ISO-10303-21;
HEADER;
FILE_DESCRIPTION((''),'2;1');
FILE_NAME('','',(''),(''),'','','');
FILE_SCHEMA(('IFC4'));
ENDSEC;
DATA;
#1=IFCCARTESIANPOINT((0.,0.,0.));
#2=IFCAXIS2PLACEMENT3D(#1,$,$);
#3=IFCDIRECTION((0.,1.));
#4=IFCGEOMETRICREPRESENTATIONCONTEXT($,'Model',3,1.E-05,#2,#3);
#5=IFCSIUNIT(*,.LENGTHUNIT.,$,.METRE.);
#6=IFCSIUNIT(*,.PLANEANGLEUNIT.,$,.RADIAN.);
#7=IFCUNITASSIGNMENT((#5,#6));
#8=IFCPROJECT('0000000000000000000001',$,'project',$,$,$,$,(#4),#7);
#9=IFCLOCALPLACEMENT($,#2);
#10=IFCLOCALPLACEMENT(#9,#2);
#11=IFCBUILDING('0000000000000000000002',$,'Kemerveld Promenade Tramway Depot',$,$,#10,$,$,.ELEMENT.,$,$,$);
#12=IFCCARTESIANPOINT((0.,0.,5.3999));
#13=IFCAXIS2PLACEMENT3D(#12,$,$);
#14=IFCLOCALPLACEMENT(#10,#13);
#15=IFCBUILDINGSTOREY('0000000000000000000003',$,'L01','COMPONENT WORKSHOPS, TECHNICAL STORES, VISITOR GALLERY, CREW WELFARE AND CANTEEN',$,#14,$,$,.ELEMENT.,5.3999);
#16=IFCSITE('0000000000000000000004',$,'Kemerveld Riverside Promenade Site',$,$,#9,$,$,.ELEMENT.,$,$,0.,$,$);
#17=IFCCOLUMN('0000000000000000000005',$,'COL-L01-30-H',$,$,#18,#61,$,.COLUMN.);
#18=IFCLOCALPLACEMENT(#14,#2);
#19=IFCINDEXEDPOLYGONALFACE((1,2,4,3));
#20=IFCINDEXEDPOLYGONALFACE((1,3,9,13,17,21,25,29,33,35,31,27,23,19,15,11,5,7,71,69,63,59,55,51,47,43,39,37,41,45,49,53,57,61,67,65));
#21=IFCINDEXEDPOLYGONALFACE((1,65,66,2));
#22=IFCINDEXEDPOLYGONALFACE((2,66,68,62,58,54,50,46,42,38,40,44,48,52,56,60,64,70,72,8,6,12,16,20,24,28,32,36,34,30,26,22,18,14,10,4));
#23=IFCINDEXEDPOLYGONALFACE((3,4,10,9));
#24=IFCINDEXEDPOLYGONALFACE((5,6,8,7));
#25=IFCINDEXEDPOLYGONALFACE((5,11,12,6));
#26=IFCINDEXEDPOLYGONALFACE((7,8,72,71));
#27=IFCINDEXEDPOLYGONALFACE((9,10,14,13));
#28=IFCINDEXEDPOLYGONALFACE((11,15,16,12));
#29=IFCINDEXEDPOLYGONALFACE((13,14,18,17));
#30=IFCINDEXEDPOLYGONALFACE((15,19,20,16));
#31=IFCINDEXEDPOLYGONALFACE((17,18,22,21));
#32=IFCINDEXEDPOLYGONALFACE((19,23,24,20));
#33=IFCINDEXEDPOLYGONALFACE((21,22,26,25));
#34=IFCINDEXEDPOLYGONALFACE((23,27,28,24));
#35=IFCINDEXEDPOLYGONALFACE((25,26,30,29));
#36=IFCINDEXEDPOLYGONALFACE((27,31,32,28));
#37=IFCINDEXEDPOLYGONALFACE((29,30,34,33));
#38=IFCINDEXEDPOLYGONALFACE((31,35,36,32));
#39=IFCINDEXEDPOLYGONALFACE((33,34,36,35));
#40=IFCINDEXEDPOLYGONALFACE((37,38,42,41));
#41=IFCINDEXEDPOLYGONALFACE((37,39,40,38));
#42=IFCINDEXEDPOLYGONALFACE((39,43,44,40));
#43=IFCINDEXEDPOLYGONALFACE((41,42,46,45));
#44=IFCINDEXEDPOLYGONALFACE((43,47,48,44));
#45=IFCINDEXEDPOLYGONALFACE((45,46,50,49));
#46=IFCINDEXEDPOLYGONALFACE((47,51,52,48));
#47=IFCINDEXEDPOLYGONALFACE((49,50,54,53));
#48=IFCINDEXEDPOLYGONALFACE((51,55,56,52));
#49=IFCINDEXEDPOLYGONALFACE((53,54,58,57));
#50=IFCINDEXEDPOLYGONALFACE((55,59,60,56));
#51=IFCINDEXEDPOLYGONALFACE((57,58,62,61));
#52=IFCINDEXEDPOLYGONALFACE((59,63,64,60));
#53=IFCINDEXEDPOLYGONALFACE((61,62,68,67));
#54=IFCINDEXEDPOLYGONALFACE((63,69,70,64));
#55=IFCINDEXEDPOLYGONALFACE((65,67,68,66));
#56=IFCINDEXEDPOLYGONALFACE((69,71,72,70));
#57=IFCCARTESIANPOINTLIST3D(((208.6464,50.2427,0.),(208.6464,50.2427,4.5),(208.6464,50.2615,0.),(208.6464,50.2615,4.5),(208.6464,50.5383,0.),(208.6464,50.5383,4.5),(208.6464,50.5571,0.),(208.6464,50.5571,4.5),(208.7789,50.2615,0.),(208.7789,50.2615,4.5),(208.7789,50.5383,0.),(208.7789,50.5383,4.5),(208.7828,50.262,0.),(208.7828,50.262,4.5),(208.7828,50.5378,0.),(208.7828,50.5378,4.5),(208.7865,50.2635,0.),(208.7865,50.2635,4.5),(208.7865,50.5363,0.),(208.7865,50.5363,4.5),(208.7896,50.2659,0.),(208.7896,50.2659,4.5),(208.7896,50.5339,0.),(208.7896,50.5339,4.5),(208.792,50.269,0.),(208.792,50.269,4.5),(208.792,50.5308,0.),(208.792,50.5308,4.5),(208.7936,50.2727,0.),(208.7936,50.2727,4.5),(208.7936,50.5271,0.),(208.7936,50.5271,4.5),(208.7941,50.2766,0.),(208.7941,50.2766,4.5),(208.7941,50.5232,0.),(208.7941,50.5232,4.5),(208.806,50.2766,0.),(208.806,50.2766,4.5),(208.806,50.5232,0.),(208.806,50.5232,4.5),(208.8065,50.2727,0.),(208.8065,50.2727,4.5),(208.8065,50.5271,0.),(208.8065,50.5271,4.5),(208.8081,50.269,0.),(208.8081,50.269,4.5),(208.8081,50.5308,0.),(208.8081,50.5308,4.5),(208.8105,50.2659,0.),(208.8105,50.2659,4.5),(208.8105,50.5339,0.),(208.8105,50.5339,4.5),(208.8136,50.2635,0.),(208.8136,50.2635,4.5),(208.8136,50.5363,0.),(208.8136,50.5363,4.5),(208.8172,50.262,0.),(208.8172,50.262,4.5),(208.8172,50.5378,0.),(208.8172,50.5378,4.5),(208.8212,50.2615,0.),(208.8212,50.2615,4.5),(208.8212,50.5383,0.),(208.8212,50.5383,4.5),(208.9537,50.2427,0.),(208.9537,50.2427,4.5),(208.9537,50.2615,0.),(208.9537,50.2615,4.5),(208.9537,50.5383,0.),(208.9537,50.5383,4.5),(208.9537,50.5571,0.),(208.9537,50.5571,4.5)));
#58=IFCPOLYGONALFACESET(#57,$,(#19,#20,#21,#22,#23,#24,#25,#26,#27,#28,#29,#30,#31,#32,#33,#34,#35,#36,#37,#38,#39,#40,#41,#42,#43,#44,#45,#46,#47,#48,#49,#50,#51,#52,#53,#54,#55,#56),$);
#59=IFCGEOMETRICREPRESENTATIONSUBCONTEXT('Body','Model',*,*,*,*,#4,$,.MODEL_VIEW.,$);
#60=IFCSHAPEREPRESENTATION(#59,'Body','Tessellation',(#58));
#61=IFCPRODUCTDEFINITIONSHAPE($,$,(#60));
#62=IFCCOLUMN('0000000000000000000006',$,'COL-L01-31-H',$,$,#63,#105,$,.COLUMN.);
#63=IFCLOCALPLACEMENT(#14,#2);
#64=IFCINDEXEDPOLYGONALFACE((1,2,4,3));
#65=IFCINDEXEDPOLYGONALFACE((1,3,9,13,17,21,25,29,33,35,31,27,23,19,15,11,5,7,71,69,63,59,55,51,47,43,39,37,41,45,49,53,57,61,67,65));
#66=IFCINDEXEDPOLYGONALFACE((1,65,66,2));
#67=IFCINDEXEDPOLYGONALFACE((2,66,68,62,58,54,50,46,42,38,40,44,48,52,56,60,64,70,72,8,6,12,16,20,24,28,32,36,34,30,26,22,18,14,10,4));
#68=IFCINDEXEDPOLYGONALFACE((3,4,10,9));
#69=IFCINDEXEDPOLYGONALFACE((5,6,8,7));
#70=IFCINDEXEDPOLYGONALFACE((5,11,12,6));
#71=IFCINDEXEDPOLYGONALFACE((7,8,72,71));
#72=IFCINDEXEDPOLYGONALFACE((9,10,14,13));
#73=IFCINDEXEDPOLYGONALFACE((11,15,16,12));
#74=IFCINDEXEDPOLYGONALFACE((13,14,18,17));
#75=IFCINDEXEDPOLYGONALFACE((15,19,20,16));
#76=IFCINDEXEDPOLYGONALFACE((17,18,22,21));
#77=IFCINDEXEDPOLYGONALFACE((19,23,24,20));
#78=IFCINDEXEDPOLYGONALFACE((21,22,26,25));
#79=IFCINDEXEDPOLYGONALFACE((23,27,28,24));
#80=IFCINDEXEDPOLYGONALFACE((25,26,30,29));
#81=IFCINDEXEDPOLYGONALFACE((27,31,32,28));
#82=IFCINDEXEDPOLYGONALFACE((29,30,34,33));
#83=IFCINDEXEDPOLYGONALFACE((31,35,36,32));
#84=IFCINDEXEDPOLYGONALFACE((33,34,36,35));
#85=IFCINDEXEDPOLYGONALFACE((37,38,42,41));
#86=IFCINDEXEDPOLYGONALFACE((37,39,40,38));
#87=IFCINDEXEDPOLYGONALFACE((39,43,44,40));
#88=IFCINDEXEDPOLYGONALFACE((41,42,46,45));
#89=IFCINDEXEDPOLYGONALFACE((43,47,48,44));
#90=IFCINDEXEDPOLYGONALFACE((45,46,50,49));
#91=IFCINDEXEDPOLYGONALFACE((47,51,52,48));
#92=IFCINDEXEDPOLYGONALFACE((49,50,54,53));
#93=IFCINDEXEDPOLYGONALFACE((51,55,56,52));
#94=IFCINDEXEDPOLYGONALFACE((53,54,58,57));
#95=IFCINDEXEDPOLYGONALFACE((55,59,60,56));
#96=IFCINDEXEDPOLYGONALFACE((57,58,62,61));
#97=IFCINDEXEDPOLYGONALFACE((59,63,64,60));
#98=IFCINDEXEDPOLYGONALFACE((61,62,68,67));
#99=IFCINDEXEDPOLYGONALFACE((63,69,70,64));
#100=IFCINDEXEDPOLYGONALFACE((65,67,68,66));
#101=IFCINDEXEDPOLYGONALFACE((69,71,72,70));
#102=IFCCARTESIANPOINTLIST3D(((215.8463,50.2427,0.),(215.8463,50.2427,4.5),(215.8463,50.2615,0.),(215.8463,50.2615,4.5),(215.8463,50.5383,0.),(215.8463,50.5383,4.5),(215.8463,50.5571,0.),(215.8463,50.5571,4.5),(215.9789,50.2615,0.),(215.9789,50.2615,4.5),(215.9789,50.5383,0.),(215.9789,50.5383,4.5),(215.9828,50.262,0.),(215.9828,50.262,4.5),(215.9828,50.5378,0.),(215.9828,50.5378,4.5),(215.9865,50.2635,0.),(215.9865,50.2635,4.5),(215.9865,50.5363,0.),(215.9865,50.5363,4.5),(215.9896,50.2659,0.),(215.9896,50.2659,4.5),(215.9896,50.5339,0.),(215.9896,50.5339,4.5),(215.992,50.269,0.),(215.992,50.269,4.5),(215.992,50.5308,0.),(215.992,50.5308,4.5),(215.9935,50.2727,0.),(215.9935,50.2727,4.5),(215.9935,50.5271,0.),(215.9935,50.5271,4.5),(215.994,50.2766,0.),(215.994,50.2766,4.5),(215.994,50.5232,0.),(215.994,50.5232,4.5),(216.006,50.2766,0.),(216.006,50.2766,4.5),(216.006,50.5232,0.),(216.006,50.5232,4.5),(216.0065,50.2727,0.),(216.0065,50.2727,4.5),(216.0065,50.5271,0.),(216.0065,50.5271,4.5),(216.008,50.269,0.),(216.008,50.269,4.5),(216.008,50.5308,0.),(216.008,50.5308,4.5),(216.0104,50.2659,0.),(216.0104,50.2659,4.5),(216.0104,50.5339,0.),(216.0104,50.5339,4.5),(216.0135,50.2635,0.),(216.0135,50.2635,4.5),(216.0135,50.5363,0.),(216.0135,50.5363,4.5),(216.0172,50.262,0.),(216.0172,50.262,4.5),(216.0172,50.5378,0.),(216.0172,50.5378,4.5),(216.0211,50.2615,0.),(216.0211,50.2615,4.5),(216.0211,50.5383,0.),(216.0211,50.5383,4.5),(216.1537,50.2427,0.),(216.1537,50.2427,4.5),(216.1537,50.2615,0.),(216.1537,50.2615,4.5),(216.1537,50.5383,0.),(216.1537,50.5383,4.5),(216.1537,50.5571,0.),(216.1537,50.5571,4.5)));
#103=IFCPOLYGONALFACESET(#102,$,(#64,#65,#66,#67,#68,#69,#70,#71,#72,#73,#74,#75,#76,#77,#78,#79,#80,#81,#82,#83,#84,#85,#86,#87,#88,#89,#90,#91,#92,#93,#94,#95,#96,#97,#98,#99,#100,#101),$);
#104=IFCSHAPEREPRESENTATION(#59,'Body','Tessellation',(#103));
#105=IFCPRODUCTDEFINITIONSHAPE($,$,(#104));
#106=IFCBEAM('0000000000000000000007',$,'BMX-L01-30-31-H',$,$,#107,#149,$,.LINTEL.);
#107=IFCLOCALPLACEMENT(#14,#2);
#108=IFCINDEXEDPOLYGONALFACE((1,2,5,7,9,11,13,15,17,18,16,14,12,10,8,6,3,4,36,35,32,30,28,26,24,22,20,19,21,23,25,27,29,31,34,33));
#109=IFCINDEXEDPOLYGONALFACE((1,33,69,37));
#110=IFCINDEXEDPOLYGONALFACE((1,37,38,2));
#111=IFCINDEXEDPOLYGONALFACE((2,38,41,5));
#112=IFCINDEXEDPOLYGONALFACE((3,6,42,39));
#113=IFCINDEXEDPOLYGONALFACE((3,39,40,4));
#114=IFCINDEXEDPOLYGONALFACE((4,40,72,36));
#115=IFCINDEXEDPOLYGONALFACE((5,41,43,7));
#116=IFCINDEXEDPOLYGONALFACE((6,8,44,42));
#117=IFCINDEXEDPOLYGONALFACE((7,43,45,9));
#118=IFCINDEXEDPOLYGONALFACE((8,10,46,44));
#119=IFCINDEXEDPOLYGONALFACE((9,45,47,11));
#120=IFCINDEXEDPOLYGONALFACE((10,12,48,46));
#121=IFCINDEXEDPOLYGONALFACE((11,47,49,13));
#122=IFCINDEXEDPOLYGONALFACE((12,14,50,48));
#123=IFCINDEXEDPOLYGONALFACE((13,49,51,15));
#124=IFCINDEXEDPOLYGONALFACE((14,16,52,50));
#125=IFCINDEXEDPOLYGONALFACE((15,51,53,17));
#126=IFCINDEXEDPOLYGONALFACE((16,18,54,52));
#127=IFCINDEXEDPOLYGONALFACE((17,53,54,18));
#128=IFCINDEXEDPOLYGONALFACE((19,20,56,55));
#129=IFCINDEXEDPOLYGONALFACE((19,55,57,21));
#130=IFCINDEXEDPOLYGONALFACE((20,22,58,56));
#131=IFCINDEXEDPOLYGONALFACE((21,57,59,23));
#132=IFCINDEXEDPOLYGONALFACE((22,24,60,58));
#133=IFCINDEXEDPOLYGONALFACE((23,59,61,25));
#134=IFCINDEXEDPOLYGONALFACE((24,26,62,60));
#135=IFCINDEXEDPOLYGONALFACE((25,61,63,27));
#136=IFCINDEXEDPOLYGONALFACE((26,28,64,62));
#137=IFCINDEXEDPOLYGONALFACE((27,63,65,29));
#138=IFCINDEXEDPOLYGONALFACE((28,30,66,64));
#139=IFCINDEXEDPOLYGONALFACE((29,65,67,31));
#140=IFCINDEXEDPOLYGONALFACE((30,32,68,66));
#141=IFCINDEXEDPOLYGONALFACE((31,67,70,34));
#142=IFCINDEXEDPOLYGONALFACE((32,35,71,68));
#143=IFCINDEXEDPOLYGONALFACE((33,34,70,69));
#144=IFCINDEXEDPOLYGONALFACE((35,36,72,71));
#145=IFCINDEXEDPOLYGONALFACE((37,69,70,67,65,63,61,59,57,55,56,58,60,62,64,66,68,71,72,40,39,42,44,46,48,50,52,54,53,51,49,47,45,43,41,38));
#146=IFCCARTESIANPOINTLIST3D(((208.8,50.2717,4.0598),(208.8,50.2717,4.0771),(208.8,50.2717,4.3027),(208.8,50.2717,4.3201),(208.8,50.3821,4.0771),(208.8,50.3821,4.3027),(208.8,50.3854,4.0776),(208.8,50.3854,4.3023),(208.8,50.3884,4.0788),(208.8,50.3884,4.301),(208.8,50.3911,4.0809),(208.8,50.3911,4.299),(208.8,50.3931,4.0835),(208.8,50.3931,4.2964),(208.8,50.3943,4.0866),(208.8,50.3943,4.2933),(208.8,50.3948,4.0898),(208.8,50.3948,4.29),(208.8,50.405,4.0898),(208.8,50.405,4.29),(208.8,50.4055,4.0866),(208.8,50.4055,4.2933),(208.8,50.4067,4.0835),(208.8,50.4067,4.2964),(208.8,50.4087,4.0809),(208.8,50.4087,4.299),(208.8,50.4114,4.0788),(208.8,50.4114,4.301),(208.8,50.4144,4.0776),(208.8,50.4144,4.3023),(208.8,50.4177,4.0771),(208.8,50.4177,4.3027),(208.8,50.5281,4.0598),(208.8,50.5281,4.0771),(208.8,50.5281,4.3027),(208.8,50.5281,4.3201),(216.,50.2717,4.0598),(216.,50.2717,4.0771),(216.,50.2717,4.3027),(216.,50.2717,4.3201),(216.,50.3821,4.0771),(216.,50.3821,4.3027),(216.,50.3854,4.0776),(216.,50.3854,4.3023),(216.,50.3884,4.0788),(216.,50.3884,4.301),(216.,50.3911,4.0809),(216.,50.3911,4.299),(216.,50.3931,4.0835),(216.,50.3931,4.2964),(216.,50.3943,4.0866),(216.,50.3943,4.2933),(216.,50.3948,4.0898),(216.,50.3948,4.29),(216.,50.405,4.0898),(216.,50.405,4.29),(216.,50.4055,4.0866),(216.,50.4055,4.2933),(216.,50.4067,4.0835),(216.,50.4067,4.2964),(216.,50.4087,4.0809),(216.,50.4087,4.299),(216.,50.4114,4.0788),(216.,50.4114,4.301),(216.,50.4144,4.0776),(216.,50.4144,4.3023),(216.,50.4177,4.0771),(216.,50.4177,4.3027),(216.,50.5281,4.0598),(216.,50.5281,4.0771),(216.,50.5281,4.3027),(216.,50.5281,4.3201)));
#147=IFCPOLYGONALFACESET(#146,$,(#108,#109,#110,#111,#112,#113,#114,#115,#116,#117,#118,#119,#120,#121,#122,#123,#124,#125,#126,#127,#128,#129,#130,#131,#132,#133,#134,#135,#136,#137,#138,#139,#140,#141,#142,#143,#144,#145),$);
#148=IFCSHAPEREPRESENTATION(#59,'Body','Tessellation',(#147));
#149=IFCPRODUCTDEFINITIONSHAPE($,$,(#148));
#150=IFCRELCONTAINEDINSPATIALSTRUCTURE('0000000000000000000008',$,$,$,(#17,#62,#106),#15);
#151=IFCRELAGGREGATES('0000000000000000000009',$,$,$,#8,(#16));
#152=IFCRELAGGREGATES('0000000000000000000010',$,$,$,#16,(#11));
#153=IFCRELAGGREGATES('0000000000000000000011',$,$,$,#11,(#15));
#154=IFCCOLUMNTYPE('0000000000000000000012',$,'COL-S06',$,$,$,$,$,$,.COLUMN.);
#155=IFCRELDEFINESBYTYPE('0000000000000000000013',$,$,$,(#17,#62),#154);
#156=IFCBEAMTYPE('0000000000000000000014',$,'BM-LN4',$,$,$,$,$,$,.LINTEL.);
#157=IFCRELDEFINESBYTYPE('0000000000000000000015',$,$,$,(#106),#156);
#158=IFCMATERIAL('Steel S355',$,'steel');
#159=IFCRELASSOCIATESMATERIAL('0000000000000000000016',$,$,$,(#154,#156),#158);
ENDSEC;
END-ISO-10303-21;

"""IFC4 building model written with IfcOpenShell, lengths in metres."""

from ifc_helpers import new_model, si_unit, direction, frame, origin, origin_2d, place, context, subcontext, project, spatial, i_section, extrude, material, material_profile, profile_set, type_object, element, save


model = new_model("IFC4")

# Units and contexts
model_context = context("Model", 3, precision=1e-05, world=origin(), true_north=direction((0.0, 1.0)))
body_context = subcontext(model_context, "Body", "Model", "MODEL_VIEW")
ifc_project = project(units=[si_unit("LENGTHUNIT", "METRE"), si_unit("PLANEANGLEUNIT", "RADIAN")], contexts=[model_context])

# Site, building, storey
site_placement = place(None, origin())
site = spatial("IfcSite", under=ifc_project, at=site_placement, Name="Kemerveld Riverside Promenade Site", CompositionType="ELEMENT", RefElevation=0.0)
building_placement = place(site_placement, origin())
building = spatial("IfcBuilding", under=site, at=building_placement, Name="Kemerveld Promenade Tramway Depot", CompositionType="ELEMENT")
storey_placement = place(building_placement, frame((0.0, 0.0, 5.3999)))
storey = spatial("IfcBuildingStorey", under=building, at=storey_placement, Name="L01", Description="COMPONENT WORKSHOPS, TECHNICAL STORES, VISITOR GALLERY, CREW WELFARE AND CANTEEN", CompositionType="ELEMENT", Elevation=5.3999)

# Columns
ifc_material_1 = material(Name="Steel S355", Category="steel")
ifc_material_profile_1 = material_profile(ifc_material_1, i_section(OverallWidth=0.3074, OverallDepth=0.3145, WebThickness=0.012, FlangeThickness=0.0188, FilletRadius=0.0151, at=origin_2d()), Name="305x305x118 UC")
ifc_profile_set_1 = profile_set([ifc_material_profile_1], Name="Steel S355")
column_type = type_object("IfcColumnType", Name="COL-S06", PredefinedType="COLUMN", material=ifc_profile_set_1)
for number, where, z_axis, x_axis, name in (
    (1, (208.8, 50.3999, 0.0), (0.0, 0.0, 1.0), (1.0, 0.0, 0.0), "COL-L01-30-H"),
    (2, (216.0, 50.3999, 0.0), (0.0, 0.0, 1.0), (1.0, 0.0, 0.0), "COL-L01-31-H"),
):
    element("IfcColumn", number, at=place(storey_placement, frame(where, z_axis=z_axis, x_axis=x_axis)), inside=storey, type_object=column_type, Name=name, PredefinedType="COLUMN", context=body_context, shape_type="SweptSolid", body=[
        extrude(i_section(OverallWidth=0.3074, OverallDepth=0.3145, WebThickness=0.012, FlangeThickness=0.0188, FilletRadius=0.0151, at=origin_2d()), origin(), (0.0, 0.0, 1.0), 4.5),
    ])

# Beam
ifc_material_profile_2 = material_profile(ifc_material_1, i_section(OverallWidth=0.2563, OverallDepth=0.2603, WebThickness=0.0103, FlangeThickness=0.0173, FilletRadius=0.0127, at=origin_2d()), Name="254x254x89 UC")
ifc_profile_set_2 = profile_set([ifc_material_profile_2], Name="Steel S355")
beam_type = type_object("IfcBeamType", Name="BM-LN4", PredefinedType="LINTEL", material=ifc_profile_set_2)
beam_placement = place(storey_placement, frame((208.8, 50.3999, 4.1899), z_axis=(1.0, 0.0, 0.0), x_axis=(0.0, 1.0, 0.0)))
element("IfcBeam", 3, at=beam_placement, inside=storey, type_object=beam_type, Name="BMX-L01-30-31-H", PredefinedType="LINTEL", context=body_context, shape_type="SweptSolid", body=[
    extrude(i_section(OverallWidth=0.2563, OverallDepth=0.2603, WebThickness=0.0103, FlangeThickness=0.0173, FilletRadius=0.0127, at=origin_2d()), origin(), (0.0, 0.0, 1.0), 7.2),
])

save(model, "model.ifc")
